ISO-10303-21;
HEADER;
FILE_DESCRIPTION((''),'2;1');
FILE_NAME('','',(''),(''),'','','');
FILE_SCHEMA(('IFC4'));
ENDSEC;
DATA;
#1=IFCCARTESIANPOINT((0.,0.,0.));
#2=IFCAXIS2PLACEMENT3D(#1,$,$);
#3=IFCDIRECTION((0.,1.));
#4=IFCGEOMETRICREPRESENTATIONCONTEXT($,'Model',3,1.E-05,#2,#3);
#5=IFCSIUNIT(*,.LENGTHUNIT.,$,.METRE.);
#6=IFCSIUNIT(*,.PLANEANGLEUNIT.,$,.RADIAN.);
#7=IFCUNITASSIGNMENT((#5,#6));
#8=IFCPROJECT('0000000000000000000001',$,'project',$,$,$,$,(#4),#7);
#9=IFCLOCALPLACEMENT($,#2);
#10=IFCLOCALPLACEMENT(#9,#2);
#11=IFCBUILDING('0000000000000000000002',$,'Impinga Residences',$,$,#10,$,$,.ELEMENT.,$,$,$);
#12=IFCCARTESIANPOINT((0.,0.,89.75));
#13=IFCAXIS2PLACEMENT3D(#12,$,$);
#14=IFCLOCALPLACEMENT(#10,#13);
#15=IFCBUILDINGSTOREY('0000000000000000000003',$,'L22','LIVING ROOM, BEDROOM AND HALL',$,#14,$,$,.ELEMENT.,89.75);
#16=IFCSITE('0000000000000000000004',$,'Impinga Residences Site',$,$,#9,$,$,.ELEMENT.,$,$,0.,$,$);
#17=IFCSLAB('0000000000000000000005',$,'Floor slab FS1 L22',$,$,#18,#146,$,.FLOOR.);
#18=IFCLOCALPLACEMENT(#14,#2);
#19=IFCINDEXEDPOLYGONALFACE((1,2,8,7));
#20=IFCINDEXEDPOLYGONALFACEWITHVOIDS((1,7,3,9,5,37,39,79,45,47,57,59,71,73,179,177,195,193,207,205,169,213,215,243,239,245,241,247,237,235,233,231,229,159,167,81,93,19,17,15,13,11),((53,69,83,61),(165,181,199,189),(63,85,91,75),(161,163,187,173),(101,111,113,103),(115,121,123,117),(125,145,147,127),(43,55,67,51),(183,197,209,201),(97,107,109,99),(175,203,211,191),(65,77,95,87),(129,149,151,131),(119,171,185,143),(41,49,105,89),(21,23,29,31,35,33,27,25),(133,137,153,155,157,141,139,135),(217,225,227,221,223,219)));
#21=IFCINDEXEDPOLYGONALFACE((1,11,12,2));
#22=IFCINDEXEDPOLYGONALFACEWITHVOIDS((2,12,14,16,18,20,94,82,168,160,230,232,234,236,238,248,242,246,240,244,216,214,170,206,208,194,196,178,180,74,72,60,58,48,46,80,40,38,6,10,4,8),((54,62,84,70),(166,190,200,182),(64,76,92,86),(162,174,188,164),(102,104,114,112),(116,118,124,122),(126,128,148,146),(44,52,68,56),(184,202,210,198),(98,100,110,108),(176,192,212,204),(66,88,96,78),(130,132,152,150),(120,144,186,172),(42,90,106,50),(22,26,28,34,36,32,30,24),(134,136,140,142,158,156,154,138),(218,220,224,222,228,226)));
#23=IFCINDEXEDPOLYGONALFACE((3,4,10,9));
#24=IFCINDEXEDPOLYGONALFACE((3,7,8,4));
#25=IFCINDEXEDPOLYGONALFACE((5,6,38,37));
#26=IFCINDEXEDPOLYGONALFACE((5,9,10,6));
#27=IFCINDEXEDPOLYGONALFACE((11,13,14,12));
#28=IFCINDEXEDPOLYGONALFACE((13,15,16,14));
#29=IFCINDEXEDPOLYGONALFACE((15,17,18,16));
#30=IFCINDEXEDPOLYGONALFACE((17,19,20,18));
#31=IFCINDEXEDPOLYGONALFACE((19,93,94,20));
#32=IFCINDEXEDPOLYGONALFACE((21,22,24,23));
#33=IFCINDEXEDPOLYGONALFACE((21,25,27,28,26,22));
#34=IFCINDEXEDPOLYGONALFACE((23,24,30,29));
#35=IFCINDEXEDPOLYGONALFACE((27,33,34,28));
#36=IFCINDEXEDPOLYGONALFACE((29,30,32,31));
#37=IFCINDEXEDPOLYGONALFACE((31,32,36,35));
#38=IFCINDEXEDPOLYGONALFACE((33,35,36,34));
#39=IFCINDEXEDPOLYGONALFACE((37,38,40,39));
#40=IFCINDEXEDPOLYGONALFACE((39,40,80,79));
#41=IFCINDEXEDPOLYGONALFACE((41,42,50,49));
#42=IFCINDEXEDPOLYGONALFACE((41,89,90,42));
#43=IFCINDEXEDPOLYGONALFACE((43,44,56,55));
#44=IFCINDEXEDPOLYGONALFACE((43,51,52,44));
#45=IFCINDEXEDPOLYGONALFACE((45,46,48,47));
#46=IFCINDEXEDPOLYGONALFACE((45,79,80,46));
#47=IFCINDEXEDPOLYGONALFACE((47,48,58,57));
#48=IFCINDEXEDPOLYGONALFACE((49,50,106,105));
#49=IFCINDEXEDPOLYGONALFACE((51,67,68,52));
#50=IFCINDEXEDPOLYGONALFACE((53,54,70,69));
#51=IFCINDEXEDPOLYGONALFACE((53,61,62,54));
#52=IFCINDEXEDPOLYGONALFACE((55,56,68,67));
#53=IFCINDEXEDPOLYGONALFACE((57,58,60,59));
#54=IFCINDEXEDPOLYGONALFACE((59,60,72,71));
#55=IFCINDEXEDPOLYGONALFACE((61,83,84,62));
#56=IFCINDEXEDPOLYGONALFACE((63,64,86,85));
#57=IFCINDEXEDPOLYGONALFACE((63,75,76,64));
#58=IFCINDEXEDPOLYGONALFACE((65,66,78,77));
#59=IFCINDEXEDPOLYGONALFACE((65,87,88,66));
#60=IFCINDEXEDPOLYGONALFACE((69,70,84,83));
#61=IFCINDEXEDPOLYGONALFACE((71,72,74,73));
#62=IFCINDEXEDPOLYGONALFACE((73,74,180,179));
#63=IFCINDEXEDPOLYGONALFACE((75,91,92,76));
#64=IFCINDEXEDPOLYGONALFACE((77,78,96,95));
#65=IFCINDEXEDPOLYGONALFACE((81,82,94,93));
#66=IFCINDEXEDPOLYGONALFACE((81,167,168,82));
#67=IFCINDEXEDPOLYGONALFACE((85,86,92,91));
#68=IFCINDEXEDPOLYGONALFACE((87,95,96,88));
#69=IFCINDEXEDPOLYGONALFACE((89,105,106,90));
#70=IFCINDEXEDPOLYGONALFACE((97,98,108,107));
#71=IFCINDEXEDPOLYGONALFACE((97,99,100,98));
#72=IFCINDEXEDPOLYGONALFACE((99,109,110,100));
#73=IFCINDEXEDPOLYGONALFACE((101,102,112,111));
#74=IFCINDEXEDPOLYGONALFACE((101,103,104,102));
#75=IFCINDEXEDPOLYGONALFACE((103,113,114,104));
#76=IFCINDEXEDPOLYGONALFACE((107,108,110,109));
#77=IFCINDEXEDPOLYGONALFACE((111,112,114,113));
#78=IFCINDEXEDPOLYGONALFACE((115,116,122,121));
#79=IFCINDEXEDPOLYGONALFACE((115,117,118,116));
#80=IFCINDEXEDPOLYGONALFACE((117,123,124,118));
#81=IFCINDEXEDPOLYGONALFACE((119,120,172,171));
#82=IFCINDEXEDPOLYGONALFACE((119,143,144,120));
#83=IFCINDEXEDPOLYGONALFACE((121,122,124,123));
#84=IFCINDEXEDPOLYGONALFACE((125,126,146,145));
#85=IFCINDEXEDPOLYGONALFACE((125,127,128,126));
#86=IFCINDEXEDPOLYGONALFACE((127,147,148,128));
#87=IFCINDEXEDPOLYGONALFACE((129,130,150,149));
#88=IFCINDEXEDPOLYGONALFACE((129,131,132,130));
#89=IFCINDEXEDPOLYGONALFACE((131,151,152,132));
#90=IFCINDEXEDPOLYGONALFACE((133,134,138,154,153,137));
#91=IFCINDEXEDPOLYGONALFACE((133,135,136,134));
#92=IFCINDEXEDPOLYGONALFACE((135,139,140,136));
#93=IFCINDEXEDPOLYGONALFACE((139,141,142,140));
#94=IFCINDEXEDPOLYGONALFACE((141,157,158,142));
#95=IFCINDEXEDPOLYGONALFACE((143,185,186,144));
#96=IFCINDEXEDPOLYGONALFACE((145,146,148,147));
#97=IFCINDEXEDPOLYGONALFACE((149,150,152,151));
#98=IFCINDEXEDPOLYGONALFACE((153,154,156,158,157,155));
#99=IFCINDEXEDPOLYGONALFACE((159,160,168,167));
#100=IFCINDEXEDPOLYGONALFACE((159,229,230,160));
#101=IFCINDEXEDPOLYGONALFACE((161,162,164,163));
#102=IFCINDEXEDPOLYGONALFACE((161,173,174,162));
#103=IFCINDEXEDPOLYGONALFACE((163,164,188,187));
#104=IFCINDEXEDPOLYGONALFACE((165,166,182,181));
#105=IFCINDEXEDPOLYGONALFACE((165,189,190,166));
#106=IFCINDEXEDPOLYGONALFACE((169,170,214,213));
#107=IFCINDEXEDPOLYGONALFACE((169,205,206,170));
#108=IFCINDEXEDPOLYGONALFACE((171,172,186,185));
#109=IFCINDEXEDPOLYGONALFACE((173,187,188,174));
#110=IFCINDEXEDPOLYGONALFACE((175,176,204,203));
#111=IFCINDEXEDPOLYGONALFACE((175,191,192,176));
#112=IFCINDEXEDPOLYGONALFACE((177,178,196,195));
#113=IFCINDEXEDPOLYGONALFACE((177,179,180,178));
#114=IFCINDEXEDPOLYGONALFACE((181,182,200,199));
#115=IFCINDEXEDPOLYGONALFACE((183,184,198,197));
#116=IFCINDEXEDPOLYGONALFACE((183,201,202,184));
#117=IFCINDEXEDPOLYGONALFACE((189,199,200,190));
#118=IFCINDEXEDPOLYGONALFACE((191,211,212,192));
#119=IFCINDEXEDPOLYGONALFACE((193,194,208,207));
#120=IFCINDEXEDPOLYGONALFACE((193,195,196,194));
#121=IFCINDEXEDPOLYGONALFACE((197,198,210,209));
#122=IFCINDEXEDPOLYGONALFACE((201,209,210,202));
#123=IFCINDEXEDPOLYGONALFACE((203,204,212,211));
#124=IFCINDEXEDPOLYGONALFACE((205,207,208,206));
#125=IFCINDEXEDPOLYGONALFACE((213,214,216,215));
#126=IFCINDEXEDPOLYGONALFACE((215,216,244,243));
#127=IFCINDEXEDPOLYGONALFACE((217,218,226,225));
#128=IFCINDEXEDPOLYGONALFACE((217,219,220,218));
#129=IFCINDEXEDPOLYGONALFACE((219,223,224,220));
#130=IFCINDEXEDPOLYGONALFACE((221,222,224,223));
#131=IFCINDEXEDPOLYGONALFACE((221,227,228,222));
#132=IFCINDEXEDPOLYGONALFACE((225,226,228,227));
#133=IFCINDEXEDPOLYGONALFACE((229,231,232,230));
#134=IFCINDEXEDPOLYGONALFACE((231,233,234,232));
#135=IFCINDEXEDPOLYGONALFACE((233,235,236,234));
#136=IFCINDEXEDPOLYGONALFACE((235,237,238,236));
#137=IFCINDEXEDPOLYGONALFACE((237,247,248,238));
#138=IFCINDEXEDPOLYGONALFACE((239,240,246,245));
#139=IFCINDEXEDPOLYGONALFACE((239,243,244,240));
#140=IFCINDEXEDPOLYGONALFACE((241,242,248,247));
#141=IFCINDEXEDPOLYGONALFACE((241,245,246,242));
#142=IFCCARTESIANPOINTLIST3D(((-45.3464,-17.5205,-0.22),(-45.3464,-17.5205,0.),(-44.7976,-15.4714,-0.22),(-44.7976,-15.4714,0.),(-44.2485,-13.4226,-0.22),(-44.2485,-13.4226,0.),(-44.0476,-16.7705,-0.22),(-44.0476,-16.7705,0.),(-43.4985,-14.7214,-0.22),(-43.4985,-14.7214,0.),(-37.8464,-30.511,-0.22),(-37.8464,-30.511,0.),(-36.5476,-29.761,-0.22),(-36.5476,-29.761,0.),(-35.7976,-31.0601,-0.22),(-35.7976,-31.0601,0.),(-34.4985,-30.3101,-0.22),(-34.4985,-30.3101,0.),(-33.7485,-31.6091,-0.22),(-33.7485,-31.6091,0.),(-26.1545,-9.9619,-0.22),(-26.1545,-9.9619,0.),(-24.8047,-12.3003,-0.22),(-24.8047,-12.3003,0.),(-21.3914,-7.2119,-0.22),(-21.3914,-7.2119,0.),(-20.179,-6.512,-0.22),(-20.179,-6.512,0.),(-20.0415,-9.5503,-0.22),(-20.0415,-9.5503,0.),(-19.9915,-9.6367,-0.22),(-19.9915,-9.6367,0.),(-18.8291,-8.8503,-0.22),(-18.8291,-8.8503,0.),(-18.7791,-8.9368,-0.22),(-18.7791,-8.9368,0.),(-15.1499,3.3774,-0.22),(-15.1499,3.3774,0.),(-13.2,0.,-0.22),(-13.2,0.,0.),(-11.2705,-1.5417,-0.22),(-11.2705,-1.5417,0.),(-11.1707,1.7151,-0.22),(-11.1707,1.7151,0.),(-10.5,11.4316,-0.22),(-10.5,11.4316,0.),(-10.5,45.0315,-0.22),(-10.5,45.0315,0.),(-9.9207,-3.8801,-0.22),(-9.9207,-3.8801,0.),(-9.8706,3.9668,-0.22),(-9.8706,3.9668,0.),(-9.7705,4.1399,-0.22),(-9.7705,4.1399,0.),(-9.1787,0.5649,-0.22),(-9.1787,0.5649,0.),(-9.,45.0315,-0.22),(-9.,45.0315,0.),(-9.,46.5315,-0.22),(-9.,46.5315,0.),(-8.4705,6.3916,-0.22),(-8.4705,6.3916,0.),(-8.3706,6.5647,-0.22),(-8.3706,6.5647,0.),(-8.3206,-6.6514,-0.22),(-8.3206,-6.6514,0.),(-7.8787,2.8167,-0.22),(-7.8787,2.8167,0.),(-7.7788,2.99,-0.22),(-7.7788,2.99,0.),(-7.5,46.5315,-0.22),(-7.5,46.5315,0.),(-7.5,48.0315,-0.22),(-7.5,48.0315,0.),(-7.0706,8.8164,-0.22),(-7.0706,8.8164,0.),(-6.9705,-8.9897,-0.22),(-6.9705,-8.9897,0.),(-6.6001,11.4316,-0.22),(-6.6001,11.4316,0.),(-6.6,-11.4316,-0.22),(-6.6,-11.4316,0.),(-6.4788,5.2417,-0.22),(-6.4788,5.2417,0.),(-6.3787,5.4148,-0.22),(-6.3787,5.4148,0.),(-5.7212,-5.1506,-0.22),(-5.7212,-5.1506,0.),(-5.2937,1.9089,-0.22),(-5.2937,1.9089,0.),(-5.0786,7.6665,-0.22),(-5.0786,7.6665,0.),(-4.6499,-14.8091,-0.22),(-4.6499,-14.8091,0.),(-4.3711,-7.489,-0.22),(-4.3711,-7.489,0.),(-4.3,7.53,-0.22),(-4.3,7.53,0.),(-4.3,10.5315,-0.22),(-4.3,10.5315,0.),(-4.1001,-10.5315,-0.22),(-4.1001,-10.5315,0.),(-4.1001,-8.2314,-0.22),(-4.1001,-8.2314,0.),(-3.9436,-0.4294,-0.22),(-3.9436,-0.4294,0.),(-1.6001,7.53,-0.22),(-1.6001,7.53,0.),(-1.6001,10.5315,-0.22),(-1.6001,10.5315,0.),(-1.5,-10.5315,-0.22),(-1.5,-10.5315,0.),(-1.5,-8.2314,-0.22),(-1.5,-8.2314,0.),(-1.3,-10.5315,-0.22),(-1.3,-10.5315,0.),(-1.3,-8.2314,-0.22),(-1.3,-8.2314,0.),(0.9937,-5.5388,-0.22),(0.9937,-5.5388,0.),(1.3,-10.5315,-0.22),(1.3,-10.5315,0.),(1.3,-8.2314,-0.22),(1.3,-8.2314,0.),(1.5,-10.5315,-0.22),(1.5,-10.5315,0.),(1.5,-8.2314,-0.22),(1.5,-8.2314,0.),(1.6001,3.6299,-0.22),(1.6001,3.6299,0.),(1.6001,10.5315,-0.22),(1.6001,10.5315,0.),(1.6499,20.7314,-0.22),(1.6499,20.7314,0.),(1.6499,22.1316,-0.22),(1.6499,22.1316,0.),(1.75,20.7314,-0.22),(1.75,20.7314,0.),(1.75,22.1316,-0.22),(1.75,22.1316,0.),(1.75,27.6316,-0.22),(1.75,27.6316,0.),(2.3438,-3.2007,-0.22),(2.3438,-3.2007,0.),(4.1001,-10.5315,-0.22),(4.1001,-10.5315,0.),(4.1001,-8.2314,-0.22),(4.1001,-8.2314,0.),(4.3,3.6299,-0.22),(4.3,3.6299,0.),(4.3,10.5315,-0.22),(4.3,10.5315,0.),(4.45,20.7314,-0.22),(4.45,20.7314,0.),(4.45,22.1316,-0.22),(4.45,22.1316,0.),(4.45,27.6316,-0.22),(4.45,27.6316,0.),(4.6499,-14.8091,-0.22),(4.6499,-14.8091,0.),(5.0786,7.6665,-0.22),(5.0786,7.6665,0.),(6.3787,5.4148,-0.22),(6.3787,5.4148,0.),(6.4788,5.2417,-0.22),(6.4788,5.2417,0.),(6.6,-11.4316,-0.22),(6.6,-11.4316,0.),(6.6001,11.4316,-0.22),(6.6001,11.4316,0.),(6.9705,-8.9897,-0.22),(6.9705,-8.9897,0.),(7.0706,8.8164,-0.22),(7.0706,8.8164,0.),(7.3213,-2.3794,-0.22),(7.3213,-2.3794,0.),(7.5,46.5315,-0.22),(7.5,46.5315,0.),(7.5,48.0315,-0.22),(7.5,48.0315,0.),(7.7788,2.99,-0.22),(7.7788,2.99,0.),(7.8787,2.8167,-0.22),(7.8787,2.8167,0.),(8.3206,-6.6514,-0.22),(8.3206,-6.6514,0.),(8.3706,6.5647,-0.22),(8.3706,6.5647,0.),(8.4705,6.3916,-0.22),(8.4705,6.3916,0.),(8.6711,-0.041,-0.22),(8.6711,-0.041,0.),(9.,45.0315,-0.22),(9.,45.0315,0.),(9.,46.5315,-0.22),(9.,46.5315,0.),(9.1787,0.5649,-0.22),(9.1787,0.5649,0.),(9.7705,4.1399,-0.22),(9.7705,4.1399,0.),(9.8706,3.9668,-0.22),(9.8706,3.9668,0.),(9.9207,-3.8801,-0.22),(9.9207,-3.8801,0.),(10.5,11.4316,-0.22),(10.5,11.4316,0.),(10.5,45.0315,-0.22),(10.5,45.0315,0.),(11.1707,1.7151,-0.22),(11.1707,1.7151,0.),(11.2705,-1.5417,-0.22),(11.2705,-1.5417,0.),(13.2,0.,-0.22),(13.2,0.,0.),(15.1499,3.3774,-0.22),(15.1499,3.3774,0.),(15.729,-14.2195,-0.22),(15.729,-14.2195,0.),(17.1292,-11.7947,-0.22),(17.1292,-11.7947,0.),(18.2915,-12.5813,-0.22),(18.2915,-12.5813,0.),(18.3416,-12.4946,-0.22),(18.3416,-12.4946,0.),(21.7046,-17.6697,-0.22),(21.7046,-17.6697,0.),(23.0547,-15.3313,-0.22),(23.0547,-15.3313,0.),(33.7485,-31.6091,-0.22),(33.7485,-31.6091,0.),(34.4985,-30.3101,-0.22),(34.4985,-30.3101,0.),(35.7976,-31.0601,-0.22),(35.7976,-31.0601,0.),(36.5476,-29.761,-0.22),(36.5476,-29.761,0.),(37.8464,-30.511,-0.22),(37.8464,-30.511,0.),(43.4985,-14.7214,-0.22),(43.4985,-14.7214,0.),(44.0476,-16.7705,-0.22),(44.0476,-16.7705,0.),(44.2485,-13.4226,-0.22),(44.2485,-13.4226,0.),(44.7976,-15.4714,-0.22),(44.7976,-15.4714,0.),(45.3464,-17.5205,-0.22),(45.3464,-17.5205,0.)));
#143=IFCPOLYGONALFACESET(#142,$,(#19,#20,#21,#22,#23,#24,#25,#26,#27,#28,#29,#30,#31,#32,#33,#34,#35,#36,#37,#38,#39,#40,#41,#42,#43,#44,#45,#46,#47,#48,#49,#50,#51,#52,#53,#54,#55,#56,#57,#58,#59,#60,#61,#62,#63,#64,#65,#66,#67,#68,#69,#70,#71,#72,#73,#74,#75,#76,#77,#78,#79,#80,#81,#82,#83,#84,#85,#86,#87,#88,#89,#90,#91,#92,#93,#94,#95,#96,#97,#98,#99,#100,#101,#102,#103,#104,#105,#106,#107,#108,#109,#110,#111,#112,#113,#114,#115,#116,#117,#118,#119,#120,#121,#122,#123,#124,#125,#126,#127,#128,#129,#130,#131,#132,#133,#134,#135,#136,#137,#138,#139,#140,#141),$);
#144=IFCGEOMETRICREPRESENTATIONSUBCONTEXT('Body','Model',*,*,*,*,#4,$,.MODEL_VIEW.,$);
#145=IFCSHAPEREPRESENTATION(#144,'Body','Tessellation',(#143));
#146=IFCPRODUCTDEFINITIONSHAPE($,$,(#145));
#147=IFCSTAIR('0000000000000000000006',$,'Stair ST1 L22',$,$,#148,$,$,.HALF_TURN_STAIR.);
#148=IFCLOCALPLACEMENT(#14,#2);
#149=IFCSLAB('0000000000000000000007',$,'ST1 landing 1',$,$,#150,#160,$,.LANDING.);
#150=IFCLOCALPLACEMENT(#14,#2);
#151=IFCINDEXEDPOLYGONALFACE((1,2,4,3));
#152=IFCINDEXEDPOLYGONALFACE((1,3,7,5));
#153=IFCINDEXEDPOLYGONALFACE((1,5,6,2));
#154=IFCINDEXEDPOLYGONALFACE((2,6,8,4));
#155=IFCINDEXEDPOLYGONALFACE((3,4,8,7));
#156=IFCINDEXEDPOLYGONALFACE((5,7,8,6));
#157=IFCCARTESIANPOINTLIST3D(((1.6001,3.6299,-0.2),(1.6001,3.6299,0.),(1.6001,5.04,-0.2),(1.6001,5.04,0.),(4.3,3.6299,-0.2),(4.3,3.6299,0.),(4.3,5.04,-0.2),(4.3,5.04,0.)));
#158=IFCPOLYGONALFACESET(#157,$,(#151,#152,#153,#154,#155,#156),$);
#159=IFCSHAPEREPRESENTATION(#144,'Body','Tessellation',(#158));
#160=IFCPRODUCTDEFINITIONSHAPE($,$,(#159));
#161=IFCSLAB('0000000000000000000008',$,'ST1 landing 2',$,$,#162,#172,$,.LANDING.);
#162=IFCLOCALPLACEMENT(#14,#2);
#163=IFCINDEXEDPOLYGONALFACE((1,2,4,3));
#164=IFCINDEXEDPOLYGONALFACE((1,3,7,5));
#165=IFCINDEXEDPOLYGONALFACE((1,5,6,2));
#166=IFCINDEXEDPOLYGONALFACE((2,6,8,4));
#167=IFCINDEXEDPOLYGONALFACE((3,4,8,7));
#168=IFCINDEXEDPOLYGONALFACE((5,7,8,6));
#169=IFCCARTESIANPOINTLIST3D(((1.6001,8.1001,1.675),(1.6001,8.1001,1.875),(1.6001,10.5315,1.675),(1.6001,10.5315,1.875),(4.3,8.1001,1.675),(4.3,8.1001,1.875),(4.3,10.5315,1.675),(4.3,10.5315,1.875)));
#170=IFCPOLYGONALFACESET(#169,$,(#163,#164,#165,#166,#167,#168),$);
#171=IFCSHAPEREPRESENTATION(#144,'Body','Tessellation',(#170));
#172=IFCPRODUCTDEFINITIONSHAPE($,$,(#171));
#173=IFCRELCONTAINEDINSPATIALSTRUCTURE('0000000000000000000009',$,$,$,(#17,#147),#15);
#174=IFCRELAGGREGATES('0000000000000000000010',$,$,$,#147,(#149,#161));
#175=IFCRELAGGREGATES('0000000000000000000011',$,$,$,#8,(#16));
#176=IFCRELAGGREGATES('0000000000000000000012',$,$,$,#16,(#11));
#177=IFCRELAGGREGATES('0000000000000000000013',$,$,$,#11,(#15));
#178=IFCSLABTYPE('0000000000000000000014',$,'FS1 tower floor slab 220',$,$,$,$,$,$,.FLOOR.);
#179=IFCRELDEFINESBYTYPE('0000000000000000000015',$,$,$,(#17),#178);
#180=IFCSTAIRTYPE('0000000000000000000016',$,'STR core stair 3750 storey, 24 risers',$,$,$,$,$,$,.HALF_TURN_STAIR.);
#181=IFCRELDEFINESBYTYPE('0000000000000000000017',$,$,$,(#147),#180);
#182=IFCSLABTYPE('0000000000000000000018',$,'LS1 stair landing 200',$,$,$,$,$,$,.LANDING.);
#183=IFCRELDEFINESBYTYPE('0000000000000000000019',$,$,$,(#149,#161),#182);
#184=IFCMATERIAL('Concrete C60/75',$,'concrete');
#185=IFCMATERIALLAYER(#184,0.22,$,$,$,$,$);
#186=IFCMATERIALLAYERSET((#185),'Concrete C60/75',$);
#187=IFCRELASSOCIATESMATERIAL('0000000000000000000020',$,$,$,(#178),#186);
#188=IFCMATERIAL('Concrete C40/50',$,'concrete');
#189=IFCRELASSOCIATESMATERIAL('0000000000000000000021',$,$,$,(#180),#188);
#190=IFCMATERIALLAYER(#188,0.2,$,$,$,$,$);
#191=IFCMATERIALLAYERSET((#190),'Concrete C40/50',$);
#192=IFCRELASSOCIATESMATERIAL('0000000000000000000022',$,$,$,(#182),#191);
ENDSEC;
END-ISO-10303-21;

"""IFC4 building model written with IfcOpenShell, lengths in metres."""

from ifc_helpers import new_model, si_unit, direction, frame, origin, place, context, subcontext, project, spatial, polyline, outline, extrude, material, layer, layer_set, type_object, element, aggregate, save


model = new_model("IFC4")

# Units and contexts
model_context = context("Model", 3, precision=1e-05, world=origin(), true_north=direction((0.0, 1.0)))
body_context = subcontext(model_context, "Body", "Model", "MODEL_VIEW")
ifc_project = project(units=[si_unit("LENGTHUNIT", "METRE"), si_unit("PLANEANGLEUNIT", "RADIAN")], contexts=[model_context])

# Site, building, storey
site_placement = place(None, origin())
site = spatial("IfcSite", under=ifc_project, at=site_placement, Name="Impinga Residences Site", CompositionType="ELEMENT", RefElevation=0.0)
building_placement = place(site_placement, origin())
building = spatial("IfcBuilding", under=site, at=building_placement, Name="Impinga Residences", CompositionType="ELEMENT")
storey_placement = place(building_placement, frame((0.0, 0.0, 89.75)))
storey = spatial("IfcBuildingStorey", under=building, at=storey_placement, Name="L22", Description="LIVING ROOM, BEDROOM AND HALL", CompositionType="ELEMENT", Elevation=89.75)

# Slab
ifc_material_1 = material(Name="Concrete C60/75", Category="concrete")
ifc_layer_1 = layer(ifc_material_1, 0.22)
ifc_layer_set_1 = layer_set([ifc_layer_1], Name="Concrete C60/75")
slab_type_1 = type_object("IfcSlabType", Name="FS1 tower floor slab 220", PredefinedType="FLOOR", material=ifc_layer_set_1)
slab_1_placement = place(storey_placement, frame((0.0, 0.0, -0.22)))
element("IfcSlab", 1, at=slab_1_placement, inside=storey, type_object=slab_type_1, Name="Floor slab FS1 L22", PredefinedType="FLOOR", context=body_context, shape_type="SweptSolid", body=[
    extrude(outline(polyline([(-34.4985, -30.3101), (-35.7976, -31.0601), (-36.5476, -29.761), (-37.8464, -30.511), (-45.3464, -17.5205), (-44.0476, -16.7705), (-44.7976, -15.4714), (-43.4985, -14.7214), (-44.2485, -13.4226), (-15.1499, 3.3774), (-13.2, 0.0), (-6.6001, 11.4316), (-10.5, 11.4316), (-10.5, 45.0315), (-9.0, 45.0315), (-9.0, 46.5315), (-7.5, 46.5315), (-7.5, 48.0315), (7.5, 48.0315), (7.5, 46.5315), (9.0, 46.5315), (9.0, 45.0315), (10.5, 45.0315), (10.5, 11.4316), (6.6001, 11.4316), (13.2, 0.0), (15.1499, 3.3774), (44.2485, -13.4226), (43.4985, -14.7214), (44.7976, -15.4714), (44.0476, -16.7705), (45.3464, -17.5205), (37.8464, -30.511), (36.5476, -29.761), (35.7976, -31.0601), (34.4985, -30.3101), (33.7485, -31.6091), (4.6499, -14.8091), (9.9001, -5.7158), (6.6001, -11.4316), (-6.6001, -11.4316), (-9.9001, -5.7158), (-4.6499, -14.8091), (-33.7485, -31.6091), (-34.4985, -30.3101)]), holes=[polyline([(-21.3914, -7.2119), (-26.1545, -9.9619), (-24.8047, -12.3003), (-20.0415, -9.5503), (-19.9915, -9.6367), (-18.7791, -8.9368), (-18.8291, -8.8503), (-18.8291, -8.8503), (-20.179, -6.512), (-21.3914, -7.2119), (-21.3914, -7.2119)]), polyline([(-1.5, -8.2314), (-4.1001, -8.2314), (-4.1001, -10.5315), (-1.5, -10.5315), (-1.5, -8.2314)]), polyline([(1.3, -8.2314), (-1.3, -8.2314), (-1.3, -10.5315), (1.3, -10.5315), (1.3, -8.2314)]), polyline([(1.5, -8.2314), (1.5, -10.5315), (4.1001, -10.5315), (4.1001, -8.2314), (1.5, -8.2314)]), polyline([(-5.7212, -5.1506), (-8.3206, -6.6514), (-6.9705, -8.9897), (-4.3711, -7.489), (-5.7212, -5.1506)]), polyline([(-3.9436, -0.4294), (-5.2937, 1.9089), (-11.2705, -1.5417), (-9.9207, -3.8801), (-3.9436, -0.4294)]), polyline([(-9.1787, 0.5649), (-7.8787, 2.8167), (-9.8706, 3.9668), (-11.1707, 1.7151), (-9.1787, 0.5649)]), polyline([(-6.4788, 5.2417), (-8.4705, 6.3916), (-9.7705, 4.1399), (-7.7788, 2.99), (-6.4788, 5.2417)]), polyline([(-6.3787, 5.4148), (-5.0786, 7.6665), (-7.0706, 8.8164), (-8.3706, 6.5647), (-6.3787, 5.4148)]), polyline([(-4.3, 7.53), (-1.6001, 7.53), (-1.6001, 10.5315), (-4.3, 10.5315), (-4.3, 7.53)]), polyline([(15.729, -14.2195), (21.7046, -17.6697), (23.0547, -15.3313), (18.2915, -12.5813), (18.3416, -12.4946), (17.1292, -11.7947), (15.729, -14.2195)]), polyline([(0.9937, -5.5388), (6.9705, -8.9897), (8.3206, -6.6514), (2.3438, -3.2007), (0.9937, -5.5388)]), polyline([(8.6711, -0.041), (7.3213, -2.3794), (9.9207, -3.8801), (11.2705, -1.5417), (8.6711, -0.041)]), polyline([(7.8787, 2.8167), (9.1787, 0.5649), (11.1707, 1.7151), (9.8706, 3.9668), (7.8787, 2.8167)]), polyline([(7.7788, 2.99), (9.7705, 4.1399), (8.4705, 6.3916), (6.4788, 5.2417), (7.7788, 2.99)]), polyline([(1.6001, 3.6299), (4.3, 3.6299), (4.3, 10.5315), (1.6001, 10.5315), (1.6001, 3.6299)]), polyline([(5.0786, 7.6665), (6.3787, 5.4148), (8.3706, 6.5647), (7.0706, 8.8164), (5.0786, 7.6665)]), polyline([(1.75, 22.1316), (1.6499, 22.1316), (1.6499, 20.7314), (1.75, 20.7314), (4.45, 20.7314), (4.45, 22.1316), (4.45, 27.6316), (1.75, 27.6316), (1.75, 22.1316)])]), origin(), (0.0, 0.0, 1.0), 0.22),
])

# Stair, slabs
ifc_material_2 = material(Name="Concrete C40/50", Category="concrete")
stair_type_1 = type_object("IfcStairType", Name="STR core stair 3750 storey, 24 risers", PredefinedType="HALF_TURN_STAIR", material=ifc_material_2)
stair_1_placement = place(storey_placement, origin())
stair_1 = element("IfcStair", 2, at=stair_1_placement, inside=storey, type_object=stair_type_1, Name="Stair ST1 L22", PredefinedType="HALF_TURN_STAIR")
ifc_layer_2 = layer(ifc_material_2, 0.2)
ifc_layer_set_2 = layer_set([ifc_layer_2], Name="Concrete C40/50")
slab_type_2 = type_object("IfcSlabType", Name="LS1 stair landing 200", PredefinedType="LANDING", material=ifc_layer_set_2)
slab_2_placement = place(storey_placement, frame((0.0, 0.0, -0.2)))
slab_2 = element("IfcSlab", 3, at=slab_2_placement, type_object=slab_type_2, Name="ST1 landing 1", PredefinedType="LANDING", context=body_context, shape_type="SweptSolid", body=[
    extrude(outline(polyline([(1.6001, 3.6299), (4.3, 3.6299), (4.3, 5.04), (1.6001, 5.04), (1.6001, 3.6299)])), origin(), (0.0, 0.0, 1.0), 0.2),
])
slab_3_placement = place(storey_placement, frame((0.0, 0.0, 1.675)))
slab_3 = element("IfcSlab", 4, at=slab_3_placement, type_object=slab_type_2, Name="ST1 landing 2", PredefinedType="LANDING", context=body_context, shape_type="SweptSolid", body=[
    extrude(outline(polyline([(1.6001, 8.1001), (4.3, 8.1001), (4.3, 10.5315), (1.6001, 10.5315), (1.6001, 8.1001)])), origin(), (0.0, 0.0, 1.0), 0.2),
])
aggregate(stair_1, [slab_2, slab_3])

save(model, "model.ifc")
